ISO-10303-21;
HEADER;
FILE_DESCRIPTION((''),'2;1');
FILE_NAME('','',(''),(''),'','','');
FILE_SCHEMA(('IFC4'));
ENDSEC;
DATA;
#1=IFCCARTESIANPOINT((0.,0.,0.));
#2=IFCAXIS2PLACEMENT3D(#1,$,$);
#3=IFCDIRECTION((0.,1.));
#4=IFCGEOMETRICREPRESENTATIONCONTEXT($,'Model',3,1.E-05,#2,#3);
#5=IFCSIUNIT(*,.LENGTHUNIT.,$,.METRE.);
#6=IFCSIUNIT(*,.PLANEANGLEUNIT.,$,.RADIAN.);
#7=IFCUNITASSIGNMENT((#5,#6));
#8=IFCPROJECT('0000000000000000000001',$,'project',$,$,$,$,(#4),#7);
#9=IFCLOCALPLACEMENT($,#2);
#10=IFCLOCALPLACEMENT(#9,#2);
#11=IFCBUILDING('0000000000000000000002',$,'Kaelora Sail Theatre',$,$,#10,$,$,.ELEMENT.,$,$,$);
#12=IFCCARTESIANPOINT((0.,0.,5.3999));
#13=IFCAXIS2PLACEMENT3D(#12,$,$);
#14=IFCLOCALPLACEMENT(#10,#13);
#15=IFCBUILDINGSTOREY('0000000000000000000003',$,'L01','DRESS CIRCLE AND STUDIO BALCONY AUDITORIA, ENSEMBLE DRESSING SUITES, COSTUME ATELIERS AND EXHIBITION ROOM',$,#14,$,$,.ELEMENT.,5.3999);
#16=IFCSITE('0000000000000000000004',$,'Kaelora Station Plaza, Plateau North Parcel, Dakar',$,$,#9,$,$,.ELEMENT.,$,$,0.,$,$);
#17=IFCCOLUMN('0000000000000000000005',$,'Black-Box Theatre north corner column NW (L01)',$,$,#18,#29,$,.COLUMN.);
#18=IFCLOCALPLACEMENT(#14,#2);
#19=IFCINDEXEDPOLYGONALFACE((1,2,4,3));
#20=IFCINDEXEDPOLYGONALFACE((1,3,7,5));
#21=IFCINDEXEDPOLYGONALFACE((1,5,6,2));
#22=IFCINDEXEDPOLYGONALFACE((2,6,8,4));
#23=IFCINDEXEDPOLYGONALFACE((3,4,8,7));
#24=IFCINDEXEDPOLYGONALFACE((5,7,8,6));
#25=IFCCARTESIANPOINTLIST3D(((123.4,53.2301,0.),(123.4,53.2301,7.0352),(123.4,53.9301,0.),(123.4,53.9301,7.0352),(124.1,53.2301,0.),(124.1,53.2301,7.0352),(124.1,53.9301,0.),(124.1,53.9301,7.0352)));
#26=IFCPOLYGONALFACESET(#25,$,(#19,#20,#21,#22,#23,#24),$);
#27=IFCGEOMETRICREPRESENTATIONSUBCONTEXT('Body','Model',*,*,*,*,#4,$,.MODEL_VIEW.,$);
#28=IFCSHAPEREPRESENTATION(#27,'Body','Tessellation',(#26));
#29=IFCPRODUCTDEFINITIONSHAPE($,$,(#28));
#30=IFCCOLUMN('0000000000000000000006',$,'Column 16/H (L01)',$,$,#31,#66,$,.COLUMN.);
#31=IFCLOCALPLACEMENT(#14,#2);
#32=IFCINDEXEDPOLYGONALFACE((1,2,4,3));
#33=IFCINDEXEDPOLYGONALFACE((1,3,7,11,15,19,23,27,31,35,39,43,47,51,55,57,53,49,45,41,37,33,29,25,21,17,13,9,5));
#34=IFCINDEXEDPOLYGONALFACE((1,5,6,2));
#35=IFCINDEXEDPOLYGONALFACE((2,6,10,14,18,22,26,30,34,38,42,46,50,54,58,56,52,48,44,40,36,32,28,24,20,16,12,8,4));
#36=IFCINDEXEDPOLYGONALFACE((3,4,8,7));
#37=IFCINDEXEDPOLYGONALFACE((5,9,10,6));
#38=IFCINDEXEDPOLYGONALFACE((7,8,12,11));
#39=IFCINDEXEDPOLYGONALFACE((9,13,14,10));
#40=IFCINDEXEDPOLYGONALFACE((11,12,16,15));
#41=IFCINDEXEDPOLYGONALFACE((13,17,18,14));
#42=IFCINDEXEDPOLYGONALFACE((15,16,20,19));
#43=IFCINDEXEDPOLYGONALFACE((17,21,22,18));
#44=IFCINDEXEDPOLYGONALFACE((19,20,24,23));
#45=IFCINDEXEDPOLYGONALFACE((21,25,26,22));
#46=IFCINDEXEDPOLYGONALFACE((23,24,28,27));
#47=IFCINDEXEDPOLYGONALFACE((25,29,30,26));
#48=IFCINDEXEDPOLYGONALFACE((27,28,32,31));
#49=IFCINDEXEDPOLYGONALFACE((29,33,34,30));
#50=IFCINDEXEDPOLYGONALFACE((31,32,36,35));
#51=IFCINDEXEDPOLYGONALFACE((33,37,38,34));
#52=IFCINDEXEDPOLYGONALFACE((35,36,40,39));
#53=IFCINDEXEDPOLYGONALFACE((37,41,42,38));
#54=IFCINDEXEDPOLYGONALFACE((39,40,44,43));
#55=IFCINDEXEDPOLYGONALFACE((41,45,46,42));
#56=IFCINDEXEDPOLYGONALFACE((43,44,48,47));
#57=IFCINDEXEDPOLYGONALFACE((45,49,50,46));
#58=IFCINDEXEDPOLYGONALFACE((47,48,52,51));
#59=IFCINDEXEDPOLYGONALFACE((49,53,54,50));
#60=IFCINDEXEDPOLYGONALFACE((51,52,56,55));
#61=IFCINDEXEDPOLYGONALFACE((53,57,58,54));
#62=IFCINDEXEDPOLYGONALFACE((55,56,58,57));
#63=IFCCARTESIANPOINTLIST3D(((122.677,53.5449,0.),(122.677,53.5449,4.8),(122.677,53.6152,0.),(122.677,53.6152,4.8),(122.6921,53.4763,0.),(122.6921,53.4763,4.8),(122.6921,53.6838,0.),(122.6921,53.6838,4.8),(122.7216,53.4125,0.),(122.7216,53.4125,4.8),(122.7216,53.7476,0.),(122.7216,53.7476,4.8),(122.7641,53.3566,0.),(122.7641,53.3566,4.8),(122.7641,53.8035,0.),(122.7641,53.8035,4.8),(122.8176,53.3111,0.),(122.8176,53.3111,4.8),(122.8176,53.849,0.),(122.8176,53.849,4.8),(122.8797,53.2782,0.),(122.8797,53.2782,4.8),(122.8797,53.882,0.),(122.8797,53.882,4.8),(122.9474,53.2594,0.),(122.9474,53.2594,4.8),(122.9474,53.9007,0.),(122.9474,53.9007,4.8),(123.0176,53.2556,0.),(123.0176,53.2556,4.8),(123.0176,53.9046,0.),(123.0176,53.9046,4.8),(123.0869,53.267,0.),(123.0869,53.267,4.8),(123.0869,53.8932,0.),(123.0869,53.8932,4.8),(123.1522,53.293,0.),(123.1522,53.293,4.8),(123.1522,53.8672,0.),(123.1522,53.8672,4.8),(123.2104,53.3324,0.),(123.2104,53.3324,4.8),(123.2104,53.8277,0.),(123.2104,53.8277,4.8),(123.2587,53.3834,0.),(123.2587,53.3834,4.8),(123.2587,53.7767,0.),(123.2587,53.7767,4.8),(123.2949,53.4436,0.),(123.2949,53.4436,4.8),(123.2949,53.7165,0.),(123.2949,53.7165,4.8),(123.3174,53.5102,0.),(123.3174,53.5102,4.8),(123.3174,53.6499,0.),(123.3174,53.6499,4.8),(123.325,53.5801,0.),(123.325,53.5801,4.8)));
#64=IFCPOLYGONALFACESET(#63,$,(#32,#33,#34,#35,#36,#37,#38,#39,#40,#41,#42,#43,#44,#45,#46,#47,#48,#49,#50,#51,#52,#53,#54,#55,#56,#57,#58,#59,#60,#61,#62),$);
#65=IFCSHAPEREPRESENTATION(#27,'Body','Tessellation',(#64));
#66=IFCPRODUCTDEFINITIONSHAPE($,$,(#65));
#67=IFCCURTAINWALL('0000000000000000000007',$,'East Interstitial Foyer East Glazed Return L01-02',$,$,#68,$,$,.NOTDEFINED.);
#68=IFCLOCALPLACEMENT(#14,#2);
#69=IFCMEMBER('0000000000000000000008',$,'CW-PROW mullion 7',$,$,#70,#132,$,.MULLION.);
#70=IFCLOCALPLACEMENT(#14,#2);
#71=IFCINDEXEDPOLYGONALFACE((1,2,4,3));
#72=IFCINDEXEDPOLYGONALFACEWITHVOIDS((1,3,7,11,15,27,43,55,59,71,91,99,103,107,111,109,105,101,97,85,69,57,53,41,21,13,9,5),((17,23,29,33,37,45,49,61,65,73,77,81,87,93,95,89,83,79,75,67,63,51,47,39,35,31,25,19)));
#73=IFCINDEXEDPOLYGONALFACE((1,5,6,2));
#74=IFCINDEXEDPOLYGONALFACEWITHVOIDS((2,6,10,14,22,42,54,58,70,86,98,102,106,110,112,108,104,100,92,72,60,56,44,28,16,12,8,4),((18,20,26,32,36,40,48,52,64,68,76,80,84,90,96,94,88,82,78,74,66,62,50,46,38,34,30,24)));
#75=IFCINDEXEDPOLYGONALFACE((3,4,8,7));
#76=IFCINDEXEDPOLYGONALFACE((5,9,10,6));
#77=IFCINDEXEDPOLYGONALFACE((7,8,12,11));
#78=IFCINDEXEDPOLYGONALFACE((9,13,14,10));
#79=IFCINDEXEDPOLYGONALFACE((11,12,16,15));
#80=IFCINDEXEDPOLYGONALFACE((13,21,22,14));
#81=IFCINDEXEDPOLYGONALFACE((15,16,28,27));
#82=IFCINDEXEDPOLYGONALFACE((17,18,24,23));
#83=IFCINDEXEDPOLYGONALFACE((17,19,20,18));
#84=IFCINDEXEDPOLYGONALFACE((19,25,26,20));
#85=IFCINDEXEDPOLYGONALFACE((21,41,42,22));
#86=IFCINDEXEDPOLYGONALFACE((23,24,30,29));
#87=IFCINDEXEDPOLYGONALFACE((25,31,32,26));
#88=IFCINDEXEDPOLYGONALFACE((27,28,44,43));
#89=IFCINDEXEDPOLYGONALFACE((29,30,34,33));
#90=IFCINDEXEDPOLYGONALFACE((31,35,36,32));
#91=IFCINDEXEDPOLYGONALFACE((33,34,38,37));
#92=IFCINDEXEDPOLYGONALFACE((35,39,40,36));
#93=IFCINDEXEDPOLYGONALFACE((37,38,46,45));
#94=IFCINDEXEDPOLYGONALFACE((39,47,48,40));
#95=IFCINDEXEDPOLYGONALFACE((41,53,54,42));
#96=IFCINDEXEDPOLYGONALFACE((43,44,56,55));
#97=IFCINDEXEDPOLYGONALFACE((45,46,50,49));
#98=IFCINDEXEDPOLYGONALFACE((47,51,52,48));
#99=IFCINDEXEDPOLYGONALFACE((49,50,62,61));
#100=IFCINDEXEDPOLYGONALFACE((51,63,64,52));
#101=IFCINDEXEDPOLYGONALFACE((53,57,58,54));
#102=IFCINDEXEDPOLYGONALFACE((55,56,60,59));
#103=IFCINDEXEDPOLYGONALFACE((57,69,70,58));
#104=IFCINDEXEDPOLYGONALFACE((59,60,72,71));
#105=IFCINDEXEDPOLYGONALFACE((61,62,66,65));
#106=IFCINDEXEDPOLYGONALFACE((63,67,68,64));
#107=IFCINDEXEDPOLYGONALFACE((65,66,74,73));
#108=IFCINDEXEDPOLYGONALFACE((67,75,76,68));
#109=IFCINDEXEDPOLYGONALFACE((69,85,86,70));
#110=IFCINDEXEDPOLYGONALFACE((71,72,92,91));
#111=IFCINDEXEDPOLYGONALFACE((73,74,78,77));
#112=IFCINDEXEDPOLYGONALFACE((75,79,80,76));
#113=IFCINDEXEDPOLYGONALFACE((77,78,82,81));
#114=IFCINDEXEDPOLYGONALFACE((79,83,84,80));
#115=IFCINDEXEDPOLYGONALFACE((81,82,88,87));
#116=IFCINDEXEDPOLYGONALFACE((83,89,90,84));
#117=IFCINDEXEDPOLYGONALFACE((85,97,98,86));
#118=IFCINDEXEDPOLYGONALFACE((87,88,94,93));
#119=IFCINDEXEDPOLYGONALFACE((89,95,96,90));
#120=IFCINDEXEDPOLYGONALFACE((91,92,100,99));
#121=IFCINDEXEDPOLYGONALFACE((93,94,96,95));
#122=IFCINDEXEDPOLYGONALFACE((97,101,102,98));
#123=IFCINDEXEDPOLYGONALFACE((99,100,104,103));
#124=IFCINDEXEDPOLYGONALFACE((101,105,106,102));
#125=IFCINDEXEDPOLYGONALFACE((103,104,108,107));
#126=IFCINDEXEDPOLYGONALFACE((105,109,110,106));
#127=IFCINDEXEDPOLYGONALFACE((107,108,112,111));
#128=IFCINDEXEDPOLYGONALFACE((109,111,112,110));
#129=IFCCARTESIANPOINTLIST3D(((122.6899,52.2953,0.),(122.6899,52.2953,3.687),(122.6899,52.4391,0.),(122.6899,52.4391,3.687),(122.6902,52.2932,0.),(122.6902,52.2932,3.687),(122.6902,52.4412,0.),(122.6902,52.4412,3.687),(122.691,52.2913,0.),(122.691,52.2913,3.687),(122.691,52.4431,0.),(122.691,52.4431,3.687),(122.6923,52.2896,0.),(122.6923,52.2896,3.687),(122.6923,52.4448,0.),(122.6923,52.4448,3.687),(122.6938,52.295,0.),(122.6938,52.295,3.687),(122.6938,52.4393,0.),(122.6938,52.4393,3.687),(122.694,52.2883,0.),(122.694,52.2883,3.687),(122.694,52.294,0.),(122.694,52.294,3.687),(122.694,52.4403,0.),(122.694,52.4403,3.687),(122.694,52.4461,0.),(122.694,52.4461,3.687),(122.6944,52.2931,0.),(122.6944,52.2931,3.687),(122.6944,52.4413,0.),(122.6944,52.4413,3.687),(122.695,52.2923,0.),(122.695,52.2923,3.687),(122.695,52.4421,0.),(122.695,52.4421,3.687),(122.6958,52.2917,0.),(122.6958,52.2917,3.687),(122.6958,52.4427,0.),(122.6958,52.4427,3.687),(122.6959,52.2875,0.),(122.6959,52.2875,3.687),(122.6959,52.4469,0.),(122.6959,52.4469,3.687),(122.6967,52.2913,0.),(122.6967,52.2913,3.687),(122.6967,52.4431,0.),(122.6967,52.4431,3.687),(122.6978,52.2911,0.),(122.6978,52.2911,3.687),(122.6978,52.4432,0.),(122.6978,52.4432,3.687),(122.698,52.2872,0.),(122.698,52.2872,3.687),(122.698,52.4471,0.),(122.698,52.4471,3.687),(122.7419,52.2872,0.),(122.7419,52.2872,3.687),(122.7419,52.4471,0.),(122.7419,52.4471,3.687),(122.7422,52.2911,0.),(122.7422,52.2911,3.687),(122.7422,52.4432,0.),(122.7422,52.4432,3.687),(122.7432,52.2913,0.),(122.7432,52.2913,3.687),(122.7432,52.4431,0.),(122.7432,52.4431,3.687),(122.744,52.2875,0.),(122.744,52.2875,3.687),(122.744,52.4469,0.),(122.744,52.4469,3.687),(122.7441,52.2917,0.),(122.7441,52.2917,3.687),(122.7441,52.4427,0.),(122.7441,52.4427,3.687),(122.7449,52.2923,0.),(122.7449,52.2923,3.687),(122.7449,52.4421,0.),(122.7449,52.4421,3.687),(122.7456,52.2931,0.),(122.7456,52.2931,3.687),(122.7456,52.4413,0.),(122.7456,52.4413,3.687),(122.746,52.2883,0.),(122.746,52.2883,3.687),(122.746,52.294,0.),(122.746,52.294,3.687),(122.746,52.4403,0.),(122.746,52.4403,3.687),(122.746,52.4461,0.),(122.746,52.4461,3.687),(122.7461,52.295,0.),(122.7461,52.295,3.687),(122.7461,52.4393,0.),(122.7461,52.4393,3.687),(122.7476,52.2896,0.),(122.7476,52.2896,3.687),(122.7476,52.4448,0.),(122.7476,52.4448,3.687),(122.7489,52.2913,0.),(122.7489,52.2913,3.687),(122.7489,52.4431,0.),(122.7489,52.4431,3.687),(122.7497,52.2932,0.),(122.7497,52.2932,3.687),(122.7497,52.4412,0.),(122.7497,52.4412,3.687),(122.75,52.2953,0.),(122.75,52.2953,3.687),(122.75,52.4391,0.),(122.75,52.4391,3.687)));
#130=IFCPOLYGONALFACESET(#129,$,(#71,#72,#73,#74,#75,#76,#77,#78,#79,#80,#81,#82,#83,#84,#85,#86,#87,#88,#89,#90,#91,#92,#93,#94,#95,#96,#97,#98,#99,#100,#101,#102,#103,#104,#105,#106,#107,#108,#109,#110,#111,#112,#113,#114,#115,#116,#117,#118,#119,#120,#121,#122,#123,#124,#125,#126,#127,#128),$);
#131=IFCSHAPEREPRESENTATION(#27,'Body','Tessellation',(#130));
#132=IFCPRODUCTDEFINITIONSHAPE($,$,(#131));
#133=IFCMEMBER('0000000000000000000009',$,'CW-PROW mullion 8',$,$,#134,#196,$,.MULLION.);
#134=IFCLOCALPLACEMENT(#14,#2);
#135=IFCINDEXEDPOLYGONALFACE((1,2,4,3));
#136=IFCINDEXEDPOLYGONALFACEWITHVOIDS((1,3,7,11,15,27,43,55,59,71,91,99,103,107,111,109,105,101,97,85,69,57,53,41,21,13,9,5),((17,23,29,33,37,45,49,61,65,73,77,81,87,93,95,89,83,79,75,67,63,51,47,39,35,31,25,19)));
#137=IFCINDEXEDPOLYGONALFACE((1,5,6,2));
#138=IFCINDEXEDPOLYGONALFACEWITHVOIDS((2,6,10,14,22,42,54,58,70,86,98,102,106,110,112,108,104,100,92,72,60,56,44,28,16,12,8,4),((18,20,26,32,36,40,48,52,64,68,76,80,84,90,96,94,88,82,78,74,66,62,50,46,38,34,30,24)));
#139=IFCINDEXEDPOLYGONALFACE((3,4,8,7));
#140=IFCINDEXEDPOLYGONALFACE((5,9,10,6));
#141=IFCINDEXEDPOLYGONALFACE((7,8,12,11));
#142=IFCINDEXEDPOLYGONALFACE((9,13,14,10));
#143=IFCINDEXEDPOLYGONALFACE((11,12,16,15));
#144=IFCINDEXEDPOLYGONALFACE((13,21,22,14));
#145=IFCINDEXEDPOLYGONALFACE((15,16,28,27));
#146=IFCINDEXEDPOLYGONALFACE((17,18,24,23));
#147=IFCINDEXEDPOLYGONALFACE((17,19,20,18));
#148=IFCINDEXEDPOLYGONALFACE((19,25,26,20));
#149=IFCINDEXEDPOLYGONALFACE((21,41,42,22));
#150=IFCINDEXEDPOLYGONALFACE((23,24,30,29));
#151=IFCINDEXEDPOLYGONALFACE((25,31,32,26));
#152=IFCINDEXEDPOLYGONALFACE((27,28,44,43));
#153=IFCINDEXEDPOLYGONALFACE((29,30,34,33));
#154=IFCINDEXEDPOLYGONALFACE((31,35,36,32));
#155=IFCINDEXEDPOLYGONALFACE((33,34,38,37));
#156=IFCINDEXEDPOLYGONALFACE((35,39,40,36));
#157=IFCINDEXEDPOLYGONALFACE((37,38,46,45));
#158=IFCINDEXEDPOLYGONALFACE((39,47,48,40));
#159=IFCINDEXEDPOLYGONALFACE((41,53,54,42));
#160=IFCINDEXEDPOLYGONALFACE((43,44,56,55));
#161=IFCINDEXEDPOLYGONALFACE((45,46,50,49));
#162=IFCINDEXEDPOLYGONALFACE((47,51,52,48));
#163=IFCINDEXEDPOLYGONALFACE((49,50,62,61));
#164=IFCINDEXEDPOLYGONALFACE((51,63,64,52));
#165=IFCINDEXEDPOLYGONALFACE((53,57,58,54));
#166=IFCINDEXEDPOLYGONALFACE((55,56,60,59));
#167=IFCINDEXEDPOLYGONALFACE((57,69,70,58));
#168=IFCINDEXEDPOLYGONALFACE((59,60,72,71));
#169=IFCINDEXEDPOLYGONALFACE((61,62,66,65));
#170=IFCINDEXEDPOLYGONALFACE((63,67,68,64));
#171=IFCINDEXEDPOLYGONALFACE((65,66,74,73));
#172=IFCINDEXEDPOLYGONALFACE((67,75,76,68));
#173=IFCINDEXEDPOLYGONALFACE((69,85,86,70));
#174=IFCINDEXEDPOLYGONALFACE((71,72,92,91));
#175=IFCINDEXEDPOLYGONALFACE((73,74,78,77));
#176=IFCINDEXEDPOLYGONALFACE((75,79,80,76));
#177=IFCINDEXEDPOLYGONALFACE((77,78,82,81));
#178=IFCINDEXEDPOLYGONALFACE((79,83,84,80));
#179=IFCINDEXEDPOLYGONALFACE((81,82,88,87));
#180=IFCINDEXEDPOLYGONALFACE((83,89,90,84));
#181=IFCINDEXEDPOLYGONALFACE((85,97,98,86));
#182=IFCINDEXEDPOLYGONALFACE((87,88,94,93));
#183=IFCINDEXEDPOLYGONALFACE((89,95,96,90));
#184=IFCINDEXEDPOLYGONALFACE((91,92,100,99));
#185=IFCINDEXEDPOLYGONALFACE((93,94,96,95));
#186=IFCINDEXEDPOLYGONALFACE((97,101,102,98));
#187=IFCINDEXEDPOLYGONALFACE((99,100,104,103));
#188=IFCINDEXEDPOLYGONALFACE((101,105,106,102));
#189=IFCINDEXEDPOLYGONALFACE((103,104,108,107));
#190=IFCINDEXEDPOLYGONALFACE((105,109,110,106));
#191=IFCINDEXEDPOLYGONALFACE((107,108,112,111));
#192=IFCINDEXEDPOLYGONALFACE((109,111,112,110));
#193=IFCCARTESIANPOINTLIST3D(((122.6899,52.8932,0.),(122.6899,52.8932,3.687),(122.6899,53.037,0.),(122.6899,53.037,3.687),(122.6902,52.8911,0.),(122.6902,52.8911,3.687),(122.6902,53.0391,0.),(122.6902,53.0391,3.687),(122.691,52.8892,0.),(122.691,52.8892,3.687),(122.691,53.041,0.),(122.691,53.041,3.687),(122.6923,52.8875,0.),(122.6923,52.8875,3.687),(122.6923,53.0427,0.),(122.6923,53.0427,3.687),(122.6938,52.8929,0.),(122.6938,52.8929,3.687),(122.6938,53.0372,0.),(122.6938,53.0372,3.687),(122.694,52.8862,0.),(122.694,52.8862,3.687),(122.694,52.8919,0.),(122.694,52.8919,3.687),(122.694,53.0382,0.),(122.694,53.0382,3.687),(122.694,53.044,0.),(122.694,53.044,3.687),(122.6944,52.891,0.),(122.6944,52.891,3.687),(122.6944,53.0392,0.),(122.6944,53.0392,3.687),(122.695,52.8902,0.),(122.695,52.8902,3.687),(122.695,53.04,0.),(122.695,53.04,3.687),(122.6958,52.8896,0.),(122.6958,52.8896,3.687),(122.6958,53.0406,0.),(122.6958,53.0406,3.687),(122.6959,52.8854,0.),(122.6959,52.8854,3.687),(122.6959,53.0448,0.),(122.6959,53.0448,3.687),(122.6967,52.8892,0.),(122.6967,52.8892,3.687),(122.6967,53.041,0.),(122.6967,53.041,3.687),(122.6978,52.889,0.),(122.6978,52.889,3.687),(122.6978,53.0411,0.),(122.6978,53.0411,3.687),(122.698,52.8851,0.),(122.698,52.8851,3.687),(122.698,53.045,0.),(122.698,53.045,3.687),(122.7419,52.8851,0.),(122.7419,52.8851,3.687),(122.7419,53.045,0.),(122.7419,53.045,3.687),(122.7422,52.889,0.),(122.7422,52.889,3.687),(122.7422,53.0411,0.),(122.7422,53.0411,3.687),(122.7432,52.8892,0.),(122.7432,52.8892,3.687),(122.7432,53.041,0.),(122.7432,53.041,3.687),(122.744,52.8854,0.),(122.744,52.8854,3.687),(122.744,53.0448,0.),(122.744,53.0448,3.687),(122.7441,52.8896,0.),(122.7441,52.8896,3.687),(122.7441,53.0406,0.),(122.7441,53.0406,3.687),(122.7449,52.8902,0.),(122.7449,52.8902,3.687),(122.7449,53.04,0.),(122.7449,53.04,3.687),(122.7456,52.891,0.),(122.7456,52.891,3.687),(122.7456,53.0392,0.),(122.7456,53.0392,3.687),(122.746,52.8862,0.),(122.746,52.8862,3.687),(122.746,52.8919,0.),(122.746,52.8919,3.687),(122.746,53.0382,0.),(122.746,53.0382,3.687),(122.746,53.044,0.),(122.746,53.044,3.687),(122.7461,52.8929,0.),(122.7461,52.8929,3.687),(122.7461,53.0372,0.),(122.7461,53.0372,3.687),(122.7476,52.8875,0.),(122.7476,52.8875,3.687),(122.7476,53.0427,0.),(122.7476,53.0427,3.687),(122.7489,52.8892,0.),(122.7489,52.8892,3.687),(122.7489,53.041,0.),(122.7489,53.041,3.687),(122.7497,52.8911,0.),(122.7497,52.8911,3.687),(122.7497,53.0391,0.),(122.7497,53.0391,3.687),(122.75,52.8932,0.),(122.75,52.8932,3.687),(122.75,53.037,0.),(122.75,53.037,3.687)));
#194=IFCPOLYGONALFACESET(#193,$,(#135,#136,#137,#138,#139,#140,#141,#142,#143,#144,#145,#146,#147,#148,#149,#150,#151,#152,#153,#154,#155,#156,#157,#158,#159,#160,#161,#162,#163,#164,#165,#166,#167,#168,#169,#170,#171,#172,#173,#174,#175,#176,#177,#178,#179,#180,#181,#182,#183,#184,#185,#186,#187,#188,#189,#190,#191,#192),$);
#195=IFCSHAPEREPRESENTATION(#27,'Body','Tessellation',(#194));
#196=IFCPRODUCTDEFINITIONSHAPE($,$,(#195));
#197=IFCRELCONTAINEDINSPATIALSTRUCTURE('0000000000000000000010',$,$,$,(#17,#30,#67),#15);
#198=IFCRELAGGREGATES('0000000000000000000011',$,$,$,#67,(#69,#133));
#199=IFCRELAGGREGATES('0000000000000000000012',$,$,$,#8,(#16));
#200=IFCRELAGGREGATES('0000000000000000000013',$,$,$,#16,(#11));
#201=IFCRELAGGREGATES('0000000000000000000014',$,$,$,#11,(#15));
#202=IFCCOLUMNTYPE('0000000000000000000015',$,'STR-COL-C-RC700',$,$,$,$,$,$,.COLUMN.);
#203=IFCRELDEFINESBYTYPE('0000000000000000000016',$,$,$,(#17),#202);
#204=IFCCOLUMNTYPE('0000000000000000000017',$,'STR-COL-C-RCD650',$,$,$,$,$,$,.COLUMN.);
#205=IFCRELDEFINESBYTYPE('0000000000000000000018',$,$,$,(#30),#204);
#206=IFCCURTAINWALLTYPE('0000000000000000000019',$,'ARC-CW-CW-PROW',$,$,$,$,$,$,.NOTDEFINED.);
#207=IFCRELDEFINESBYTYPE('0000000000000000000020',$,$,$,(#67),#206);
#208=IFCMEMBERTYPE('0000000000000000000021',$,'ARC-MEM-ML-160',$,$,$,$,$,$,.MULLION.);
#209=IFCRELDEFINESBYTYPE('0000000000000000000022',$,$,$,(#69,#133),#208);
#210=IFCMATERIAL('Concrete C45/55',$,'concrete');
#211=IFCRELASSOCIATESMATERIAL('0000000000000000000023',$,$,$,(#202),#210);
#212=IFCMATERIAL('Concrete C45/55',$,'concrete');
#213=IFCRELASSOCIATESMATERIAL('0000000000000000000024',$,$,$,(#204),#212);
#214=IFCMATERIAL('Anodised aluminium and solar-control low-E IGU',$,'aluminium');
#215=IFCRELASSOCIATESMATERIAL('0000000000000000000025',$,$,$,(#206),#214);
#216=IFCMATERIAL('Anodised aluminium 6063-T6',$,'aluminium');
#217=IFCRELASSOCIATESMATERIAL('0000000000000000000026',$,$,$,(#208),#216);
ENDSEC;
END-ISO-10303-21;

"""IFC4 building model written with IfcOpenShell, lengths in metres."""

from ifc_helpers import new_model, si_unit, direction, frame, origin, origin_2d, place, context, subcontext, project, spatial, rectangle, hollow_rectangle, circle, extrude, material, material_profile, profile_set, type_object, element, aggregate, save


model = new_model("IFC4")

# Units and contexts
model_context = context("Model", 3, precision=1e-05, world=origin(), true_north=direction((0.0, 1.0)))
body_context = subcontext(model_context, "Body", "Model", "MODEL_VIEW")
ifc_project = project(units=[si_unit("LENGTHUNIT", "METRE"), si_unit("PLANEANGLEUNIT", "RADIAN")], contexts=[model_context])

# Site, building, storey
site_placement = place(None, origin())
site = spatial("IfcSite", under=ifc_project, at=site_placement, Name="Kaelora Station Plaza, Plateau North Parcel, Dakar", CompositionType="ELEMENT", RefElevation=0.0)
building_placement = place(site_placement, origin())
building = spatial("IfcBuilding", under=site, at=building_placement, Name="Kaelora Sail Theatre", CompositionType="ELEMENT")
storey_placement = place(building_placement, frame((0.0, 0.0, 5.3999)))
storey = spatial("IfcBuildingStorey", under=building, at=storey_placement, Name="L01", Description="DRESS CIRCLE AND STUDIO BALCONY AUDITORIA, ENSEMBLE DRESSING SUITES, COSTUME ATELIERS AND EXHIBITION ROOM", CompositionType="ELEMENT", Elevation=5.3999)

# Columns
ifc_material_1 = material(Name="Concrete C45/55", Category="concrete")
ifc_material_profile_1 = material_profile(ifc_material_1, rectangle(XDim=0.7, YDim=0.7, at=origin_2d()), Name="RC-COL 700x700")
ifc_profile_set_1 = profile_set([ifc_material_profile_1], Name="Concrete C45/55")
column_type_1 = type_object("IfcColumnType", Name="STR-COL-C-RC700", PredefinedType="COLUMN", material=ifc_profile_set_1)
column_1_placement = place(storey_placement, frame((123.75, 53.5801, 0.0), z_axis=(0.0, 0.0, 1.0), x_axis=(1.0, 0.0, 0.0)))
element("IfcColumn", 1, at=column_1_placement, inside=storey, type_object=column_type_1, Name="Black-Box Theatre north corner column NW (L01)", PredefinedType="COLUMN", context=body_context, shape_type="SweptSolid", body=[
    extrude(rectangle(XDim=0.7, YDim=0.7, at=origin_2d()), origin(), (0.0, 0.0, 1.0), 7.0352),
])
ifc_material_2 = material(Name="Concrete C45/55", Category="concrete")
ifc_material_profile_2 = material_profile(ifc_material_2, circle(Radius=0.325, at=origin_2d()), Name="RC-CCOL D650")
ifc_profile_set_2 = profile_set([ifc_material_profile_2], Name="Concrete C45/55")
column_type_2 = type_object("IfcColumnType", Name="STR-COL-C-RCD650", PredefinedType="COLUMN", material=ifc_profile_set_2)
column_2_placement = place(storey_placement, frame((123.0, 53.5801, 0.0), z_axis=(0.0, 0.0, 1.0), x_axis=(1.0, 0.0, 0.0)))
element("IfcColumn", 2, at=column_2_placement, inside=storey, type_object=column_type_2, Name="Column 16/H (L01)", PredefinedType="COLUMN", context=body_context, shape_type="SweptSolid", body=[
    extrude(circle(Radius=0.325, at=origin_2d()), origin(), (0.0, 0.0, 1.0), 4.8),
])

# Curtain wall, members
ifc_material_3 = material(Name="Anodised aluminium and solar-control low-E IGU", Category="aluminium")
curtain_wall_type = type_object("IfcCurtainWallType", Name="ARC-CW-CW-PROW", PredefinedType="NOTDEFINED", material=ifc_material_3)
curtain_wall_placement = place(storey_placement, origin())
curtain_wall = element("IfcCurtainWall", 3, at=curtain_wall_placement, inside=storey, type_object=curtain_wall_type, Name="East Interstitial Foyer East Glazed Return L01-02", PredefinedType="NOTDEFINED")
ifc_material_4 = material(Name="Anodised aluminium 6063-T6", Category="aluminium")
ifc_material_profile_3 = material_profile(ifc_material_4, hollow_rectangle(XDim=0.0601, YDim=0.1599, WallThickness=0.0039, InnerFilletRadius=0.0039, OuterFilletRadius=0.0081, at=origin_2d()), Name="ALU-MULL 60x160x4")
ifc_profile_set_3 = profile_set([ifc_material_profile_3], Name="Anodised aluminium 6063-T6")
member_type_1 = type_object("IfcMemberType", Name="ARC-MEM-ML-160", PredefinedType="MULLION", material=ifc_profile_set_3)
member_1_placement = place(storey_placement, frame((122.72, 52.3672, 0.0), z_axis=(0.0, 0.0, 1.0), x_axis=(-1.0, 0.0, 0.0)))
member_1 = element("IfcMember", 4, at=member_1_placement, type_object=member_type_1, Name="CW-PROW mullion 7", PredefinedType="MULLION", context=body_context, shape_type="SweptSolid", body=[
    extrude(hollow_rectangle(XDim=0.0601, YDim=0.1599, WallThickness=0.0039, InnerFilletRadius=0.0039, OuterFilletRadius=0.0081, at=origin_2d()), origin(), (0.0, 0.0, 1.0), 3.687),
])
member_2_placement = place(storey_placement, frame((122.72, 52.9651, 0.0), z_axis=(0.0, 0.0, 1.0), x_axis=(-1.0, 0.0, 0.0)))
member_2 = element("IfcMember", 5, at=member_2_placement, type_object=member_type_1, Name="CW-PROW mullion 8", PredefinedType="MULLION", context=body_context, shape_type="SweptSolid", body=[
    extrude(hollow_rectangle(XDim=0.0601, YDim=0.1599, WallThickness=0.0039, InnerFilletRadius=0.0039, OuterFilletRadius=0.0081, at=origin_2d()), origin(), (0.0, 0.0, 1.0), 3.687),
])

aggregate(curtain_wall, [member_1, member_2])

save(model, "model.ifc")
